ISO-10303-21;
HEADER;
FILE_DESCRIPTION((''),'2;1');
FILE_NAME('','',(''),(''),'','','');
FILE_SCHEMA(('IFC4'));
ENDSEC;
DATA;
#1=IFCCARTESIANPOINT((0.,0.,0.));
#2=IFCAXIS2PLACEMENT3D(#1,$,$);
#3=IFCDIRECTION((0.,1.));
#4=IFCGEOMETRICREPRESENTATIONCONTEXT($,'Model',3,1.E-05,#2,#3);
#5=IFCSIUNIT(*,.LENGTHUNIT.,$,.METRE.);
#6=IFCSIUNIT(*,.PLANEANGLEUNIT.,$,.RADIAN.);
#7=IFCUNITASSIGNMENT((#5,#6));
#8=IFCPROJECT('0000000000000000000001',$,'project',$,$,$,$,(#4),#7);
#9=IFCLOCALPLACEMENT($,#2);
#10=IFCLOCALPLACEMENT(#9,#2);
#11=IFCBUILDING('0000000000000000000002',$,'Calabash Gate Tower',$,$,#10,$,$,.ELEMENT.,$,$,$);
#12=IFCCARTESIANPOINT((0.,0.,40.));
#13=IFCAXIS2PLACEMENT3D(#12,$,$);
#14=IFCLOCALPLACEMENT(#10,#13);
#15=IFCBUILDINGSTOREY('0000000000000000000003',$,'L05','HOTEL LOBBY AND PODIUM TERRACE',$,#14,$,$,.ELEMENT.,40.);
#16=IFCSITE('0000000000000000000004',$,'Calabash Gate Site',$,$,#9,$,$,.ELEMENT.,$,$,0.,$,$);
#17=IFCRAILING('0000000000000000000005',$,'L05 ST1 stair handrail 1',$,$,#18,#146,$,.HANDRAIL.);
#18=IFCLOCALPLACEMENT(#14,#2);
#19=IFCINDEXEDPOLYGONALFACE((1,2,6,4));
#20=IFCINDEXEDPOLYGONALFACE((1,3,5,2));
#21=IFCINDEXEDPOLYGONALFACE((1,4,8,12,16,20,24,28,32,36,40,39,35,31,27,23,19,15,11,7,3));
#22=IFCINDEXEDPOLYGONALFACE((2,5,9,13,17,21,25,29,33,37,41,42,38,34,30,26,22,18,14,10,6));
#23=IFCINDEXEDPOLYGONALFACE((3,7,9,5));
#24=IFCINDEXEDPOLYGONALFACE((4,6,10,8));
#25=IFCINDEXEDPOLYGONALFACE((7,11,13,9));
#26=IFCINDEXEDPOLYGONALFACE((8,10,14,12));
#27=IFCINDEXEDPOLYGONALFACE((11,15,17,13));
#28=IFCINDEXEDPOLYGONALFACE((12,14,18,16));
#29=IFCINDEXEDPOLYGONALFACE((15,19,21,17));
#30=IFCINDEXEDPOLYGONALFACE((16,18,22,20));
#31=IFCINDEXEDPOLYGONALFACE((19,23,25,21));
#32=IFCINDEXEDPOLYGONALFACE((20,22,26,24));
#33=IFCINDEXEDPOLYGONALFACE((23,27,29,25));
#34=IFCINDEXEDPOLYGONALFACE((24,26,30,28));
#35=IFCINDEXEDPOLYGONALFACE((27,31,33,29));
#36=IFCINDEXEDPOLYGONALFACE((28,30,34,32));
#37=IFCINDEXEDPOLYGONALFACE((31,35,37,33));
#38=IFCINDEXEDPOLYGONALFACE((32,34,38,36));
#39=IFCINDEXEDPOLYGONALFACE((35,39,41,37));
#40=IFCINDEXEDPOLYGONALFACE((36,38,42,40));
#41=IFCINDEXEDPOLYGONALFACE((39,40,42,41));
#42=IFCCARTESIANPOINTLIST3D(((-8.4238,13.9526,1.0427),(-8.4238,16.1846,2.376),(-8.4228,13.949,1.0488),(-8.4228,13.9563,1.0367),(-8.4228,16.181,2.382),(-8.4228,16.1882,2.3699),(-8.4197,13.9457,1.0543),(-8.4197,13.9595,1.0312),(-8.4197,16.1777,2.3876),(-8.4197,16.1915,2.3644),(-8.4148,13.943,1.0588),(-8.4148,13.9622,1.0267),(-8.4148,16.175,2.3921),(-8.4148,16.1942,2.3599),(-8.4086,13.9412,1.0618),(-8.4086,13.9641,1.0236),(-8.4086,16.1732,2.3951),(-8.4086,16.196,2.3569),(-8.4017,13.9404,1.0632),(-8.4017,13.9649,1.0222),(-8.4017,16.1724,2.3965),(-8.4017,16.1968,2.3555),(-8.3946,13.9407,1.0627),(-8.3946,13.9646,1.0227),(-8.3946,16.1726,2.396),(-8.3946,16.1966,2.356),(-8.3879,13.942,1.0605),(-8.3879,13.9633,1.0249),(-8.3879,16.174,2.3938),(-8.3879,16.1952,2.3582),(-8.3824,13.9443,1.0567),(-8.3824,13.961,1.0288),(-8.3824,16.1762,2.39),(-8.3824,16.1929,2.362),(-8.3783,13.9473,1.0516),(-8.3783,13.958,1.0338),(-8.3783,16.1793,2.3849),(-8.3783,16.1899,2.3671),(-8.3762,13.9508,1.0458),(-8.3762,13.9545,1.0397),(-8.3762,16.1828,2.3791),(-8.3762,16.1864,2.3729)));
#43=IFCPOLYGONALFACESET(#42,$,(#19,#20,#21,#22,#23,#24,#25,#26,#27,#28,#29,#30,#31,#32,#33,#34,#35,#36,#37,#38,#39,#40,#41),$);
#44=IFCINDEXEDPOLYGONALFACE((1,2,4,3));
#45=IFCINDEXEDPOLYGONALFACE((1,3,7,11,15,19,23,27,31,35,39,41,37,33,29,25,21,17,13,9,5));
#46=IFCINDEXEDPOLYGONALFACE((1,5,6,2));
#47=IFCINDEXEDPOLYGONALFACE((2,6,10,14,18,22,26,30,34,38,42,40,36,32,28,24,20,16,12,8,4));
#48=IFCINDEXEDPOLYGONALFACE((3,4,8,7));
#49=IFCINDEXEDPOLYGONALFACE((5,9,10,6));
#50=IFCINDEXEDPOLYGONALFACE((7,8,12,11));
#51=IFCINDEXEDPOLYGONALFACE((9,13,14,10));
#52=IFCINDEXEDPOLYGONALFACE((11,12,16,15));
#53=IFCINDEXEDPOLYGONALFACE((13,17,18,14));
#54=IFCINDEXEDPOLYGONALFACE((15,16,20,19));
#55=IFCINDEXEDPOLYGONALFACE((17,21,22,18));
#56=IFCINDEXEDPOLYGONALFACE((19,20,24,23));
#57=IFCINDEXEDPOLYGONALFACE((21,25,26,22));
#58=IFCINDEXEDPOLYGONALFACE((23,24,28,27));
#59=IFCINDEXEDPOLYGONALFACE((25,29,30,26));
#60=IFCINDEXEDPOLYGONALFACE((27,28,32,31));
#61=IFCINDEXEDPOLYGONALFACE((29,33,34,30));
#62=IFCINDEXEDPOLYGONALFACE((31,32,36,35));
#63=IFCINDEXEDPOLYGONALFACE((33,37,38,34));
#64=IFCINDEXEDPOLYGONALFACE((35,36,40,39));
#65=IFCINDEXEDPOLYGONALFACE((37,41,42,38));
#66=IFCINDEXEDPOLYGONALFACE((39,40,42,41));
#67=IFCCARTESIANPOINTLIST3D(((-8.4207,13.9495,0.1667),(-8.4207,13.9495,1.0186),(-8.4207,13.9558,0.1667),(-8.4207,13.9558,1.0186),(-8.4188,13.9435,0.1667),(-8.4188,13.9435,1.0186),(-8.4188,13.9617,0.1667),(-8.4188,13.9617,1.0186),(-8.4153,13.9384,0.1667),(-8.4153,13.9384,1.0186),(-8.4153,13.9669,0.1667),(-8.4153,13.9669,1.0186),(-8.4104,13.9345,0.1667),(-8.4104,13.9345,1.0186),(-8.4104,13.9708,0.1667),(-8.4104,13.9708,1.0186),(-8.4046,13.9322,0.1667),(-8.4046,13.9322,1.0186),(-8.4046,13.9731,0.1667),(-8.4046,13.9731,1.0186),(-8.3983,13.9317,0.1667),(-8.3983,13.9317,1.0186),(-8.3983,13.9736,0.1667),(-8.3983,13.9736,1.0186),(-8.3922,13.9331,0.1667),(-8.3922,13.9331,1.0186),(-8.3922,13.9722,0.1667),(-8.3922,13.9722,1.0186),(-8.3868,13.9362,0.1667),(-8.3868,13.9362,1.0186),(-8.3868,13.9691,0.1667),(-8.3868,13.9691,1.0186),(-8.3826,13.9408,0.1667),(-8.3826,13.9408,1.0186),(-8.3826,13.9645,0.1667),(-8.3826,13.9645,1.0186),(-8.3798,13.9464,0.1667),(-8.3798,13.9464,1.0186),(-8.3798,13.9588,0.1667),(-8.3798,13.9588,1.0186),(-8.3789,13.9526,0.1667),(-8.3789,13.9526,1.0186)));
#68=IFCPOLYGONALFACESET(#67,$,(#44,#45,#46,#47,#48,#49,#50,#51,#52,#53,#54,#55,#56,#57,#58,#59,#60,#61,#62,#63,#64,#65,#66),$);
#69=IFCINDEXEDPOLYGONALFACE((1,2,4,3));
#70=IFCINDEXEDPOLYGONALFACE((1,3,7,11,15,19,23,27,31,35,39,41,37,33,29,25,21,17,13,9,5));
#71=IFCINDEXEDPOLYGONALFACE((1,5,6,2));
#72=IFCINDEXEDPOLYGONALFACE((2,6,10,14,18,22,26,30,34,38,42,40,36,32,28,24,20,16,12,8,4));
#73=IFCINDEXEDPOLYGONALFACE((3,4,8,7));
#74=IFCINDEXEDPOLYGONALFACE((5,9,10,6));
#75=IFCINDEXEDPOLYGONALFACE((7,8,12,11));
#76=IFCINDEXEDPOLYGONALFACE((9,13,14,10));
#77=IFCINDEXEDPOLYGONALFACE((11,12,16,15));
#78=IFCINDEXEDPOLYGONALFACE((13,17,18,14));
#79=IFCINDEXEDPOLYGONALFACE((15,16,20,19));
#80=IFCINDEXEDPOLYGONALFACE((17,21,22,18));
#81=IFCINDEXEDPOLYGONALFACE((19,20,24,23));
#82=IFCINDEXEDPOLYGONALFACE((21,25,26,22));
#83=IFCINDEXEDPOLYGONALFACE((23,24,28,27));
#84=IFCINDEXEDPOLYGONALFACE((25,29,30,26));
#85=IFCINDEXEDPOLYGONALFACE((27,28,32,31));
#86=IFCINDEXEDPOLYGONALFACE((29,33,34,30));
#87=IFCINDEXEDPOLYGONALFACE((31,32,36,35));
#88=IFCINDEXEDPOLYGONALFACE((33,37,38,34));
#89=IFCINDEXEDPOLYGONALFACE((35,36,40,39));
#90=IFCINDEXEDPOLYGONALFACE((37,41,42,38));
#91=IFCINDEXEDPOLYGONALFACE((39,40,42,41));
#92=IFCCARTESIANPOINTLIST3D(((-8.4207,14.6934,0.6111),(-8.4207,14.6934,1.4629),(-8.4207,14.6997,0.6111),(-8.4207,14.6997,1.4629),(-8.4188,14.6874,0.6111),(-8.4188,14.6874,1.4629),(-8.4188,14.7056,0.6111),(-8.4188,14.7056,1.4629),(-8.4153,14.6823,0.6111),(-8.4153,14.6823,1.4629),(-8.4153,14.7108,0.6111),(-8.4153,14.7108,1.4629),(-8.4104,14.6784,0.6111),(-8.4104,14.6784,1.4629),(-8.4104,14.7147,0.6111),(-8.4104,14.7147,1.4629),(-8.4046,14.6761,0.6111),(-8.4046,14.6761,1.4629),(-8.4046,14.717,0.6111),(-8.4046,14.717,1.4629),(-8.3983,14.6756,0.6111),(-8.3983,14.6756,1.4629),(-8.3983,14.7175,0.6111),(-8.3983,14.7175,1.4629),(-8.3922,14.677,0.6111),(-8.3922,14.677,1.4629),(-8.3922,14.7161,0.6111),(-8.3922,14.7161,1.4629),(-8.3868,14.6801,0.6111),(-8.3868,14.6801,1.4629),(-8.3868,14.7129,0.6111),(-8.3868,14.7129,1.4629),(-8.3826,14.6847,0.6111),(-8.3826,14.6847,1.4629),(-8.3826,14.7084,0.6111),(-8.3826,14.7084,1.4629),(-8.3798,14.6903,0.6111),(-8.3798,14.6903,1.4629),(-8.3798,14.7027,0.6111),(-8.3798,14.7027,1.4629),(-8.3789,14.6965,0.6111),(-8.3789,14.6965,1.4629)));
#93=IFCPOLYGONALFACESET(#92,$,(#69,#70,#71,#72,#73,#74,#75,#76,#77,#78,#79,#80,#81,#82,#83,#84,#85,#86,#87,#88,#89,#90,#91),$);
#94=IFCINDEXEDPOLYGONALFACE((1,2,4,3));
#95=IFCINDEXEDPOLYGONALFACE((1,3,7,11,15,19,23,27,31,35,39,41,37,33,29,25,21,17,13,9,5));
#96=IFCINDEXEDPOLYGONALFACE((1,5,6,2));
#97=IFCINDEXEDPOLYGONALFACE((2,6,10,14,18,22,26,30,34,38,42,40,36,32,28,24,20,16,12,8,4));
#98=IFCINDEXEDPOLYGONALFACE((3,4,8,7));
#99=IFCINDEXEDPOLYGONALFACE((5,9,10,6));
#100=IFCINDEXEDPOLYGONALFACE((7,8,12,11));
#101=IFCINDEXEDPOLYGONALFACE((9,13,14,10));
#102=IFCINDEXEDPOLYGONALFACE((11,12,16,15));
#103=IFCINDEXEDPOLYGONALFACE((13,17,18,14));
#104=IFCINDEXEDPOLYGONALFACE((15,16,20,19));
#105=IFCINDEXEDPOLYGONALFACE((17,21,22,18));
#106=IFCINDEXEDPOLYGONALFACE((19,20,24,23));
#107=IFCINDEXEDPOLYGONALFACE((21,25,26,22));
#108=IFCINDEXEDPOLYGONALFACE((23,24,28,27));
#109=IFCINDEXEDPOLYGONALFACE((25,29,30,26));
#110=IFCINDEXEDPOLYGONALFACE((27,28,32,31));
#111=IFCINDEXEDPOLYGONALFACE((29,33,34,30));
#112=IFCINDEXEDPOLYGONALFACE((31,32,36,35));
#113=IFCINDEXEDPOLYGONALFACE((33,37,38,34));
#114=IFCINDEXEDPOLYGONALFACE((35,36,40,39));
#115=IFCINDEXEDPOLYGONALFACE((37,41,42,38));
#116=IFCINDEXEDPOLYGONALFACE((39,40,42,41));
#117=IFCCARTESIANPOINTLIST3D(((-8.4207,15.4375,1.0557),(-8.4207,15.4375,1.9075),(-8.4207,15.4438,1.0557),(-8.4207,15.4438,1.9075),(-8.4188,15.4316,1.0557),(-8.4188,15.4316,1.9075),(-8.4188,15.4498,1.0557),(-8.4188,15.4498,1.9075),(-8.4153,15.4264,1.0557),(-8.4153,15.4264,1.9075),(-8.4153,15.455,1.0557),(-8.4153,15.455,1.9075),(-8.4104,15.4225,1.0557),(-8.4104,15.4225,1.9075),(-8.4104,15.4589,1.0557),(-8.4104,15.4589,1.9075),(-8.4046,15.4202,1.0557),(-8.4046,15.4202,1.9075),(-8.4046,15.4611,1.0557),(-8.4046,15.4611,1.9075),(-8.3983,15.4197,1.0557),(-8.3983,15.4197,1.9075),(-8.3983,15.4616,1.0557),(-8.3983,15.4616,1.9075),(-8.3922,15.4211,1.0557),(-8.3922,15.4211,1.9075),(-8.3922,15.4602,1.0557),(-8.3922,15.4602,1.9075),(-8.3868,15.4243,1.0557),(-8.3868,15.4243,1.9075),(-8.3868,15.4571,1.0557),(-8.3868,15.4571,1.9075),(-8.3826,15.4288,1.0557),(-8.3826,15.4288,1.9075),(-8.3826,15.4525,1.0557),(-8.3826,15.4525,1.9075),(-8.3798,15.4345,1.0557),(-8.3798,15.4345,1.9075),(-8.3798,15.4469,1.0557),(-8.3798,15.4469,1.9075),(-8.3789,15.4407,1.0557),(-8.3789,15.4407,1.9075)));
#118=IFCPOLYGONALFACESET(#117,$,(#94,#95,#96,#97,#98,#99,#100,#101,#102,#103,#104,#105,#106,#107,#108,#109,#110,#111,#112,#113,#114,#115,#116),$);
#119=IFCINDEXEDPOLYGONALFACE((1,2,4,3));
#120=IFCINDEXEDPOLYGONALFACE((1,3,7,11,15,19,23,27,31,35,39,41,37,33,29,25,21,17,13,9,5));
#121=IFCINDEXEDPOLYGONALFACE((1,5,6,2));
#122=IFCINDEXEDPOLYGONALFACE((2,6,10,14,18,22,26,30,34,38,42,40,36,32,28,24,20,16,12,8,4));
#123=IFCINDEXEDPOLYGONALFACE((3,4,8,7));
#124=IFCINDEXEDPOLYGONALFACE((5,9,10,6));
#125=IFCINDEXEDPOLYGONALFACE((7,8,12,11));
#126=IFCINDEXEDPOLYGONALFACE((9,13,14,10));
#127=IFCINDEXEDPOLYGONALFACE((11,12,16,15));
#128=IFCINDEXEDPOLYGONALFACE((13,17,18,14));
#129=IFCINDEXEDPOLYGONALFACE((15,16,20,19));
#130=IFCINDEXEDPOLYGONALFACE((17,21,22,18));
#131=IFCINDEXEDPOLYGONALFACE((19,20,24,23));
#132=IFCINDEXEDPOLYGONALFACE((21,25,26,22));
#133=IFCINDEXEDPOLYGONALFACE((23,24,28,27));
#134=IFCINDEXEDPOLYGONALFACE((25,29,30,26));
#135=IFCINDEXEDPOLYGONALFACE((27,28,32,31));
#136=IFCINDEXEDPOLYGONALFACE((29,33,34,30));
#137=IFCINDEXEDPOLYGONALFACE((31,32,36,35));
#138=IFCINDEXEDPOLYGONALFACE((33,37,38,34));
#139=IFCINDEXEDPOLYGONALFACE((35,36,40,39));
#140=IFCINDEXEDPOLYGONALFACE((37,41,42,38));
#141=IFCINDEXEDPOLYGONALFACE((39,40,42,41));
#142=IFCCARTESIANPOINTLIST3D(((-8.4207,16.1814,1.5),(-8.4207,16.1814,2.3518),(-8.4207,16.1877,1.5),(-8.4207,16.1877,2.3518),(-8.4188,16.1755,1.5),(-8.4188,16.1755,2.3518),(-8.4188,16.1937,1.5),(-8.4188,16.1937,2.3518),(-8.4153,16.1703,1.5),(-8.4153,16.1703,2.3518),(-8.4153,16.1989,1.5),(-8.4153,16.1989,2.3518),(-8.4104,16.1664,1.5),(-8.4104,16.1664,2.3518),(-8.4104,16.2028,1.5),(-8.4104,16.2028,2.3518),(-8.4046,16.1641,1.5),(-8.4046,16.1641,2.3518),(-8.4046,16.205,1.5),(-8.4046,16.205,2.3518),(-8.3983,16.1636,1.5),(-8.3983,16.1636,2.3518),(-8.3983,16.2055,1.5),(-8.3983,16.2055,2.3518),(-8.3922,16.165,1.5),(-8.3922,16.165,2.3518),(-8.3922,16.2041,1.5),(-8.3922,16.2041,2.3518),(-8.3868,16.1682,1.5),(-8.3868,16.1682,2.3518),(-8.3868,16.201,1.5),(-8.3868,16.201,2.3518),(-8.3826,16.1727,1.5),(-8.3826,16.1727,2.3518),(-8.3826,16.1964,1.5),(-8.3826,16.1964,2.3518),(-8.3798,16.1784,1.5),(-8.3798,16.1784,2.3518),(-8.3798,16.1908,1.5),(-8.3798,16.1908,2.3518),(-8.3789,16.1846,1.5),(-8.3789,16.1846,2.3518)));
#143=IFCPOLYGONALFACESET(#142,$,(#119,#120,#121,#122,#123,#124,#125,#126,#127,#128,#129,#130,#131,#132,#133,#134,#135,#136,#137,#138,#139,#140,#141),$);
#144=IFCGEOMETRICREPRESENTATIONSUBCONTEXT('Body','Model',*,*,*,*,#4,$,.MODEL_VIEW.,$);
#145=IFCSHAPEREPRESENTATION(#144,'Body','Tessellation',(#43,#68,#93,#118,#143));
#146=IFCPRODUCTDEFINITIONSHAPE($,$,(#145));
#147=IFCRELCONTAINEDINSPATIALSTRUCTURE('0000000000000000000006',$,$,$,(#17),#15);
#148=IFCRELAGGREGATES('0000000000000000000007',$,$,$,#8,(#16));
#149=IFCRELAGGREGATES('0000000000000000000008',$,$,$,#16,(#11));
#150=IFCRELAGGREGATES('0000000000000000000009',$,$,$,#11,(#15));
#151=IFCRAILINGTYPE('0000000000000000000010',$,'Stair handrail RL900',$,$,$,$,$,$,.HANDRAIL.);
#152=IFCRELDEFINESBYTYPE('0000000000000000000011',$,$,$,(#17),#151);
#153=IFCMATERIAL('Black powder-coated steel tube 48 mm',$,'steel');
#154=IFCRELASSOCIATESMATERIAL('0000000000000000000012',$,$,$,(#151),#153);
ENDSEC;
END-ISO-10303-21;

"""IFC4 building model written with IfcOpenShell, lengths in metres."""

from ifc_helpers import new_model, si_unit, direction, frame, origin, origin_2d, place, context, subcontext, project, spatial, circle, extrude, material, type_object, element, save


model = new_model("IFC4")

# Units and contexts
model_context = context("Model", 3, precision=1e-05, world=origin(), true_north=direction((0.0, 1.0)))
body_context = subcontext(model_context, "Body", "Model", "MODEL_VIEW")
ifc_project = project(units=[si_unit("LENGTHUNIT", "METRE"), si_unit("PLANEANGLEUNIT", "RADIAN")], contexts=[model_context])

# Site, building, storey
site_placement = place(None, origin())
site = spatial("IfcSite", under=ifc_project, at=site_placement, Name="Calabash Gate Site", CompositionType="ELEMENT", RefElevation=0.0)
building_placement = place(site_placement, origin())
building = spatial("IfcBuilding", under=site, at=building_placement, Name="Calabash Gate Tower", CompositionType="ELEMENT")
storey_placement = place(building_placement, frame((0.0, 0.0, 40.0)))
storey = spatial("IfcBuildingStorey", under=building, at=storey_placement, Name="L05", Description="HOTEL LOBBY AND PODIUM TERRACE", CompositionType="ELEMENT", Elevation=40.0)

# Railing
ifc_material_1 = material(Name="Black powder-coated steel tube 48 mm", Category="steel")
railing_type = type_object("IfcRailingType", Name="Stair handrail RL900", PredefinedType="HANDRAIL", material=ifc_material_1)
for number, where, name in (
    (1, (-8.3999, 13.9526, 0.1667), "L05 ST1 stair handrail 1"),
):
    element("IfcRailing", number, at=place(storey_placement, frame(where)), inside=storey, type_object=railing_type, Name=name, PredefinedType="HANDRAIL", context=body_context, shape_type="SweptSolid", body=[
        extrude(circle(Radius=0.0239, at=origin_2d()), frame((0.0, 0.0, 0.876), z_axis=(0.0, 0.858494, 0.512824), x_axis=(-1.0, 0.0, 0.0)), (0.0, 0.0, 1.0), 2.5999),
        extrude(circle(Radius=0.021, at=origin_2d()), origin(), (0.0, 0.0, 1.0), 0.8518),
        extrude(circle(Radius=0.021, at=origin_2d()), frame((0.0, 0.7439, 0.4443)), (0.0, 0.0, 1.0), 0.8518),
        extrude(circle(Radius=0.021, at=origin_2d()), frame((0.0, 1.488, 0.8889)), (0.0, 0.0, 1.0), 0.8518),
        extrude(circle(Radius=0.021, at=origin_2d()), frame((0.0, 2.2319, 1.3333)), (0.0, 0.0, 1.0), 0.8518),
    ])

save(model, "model.ifc")
